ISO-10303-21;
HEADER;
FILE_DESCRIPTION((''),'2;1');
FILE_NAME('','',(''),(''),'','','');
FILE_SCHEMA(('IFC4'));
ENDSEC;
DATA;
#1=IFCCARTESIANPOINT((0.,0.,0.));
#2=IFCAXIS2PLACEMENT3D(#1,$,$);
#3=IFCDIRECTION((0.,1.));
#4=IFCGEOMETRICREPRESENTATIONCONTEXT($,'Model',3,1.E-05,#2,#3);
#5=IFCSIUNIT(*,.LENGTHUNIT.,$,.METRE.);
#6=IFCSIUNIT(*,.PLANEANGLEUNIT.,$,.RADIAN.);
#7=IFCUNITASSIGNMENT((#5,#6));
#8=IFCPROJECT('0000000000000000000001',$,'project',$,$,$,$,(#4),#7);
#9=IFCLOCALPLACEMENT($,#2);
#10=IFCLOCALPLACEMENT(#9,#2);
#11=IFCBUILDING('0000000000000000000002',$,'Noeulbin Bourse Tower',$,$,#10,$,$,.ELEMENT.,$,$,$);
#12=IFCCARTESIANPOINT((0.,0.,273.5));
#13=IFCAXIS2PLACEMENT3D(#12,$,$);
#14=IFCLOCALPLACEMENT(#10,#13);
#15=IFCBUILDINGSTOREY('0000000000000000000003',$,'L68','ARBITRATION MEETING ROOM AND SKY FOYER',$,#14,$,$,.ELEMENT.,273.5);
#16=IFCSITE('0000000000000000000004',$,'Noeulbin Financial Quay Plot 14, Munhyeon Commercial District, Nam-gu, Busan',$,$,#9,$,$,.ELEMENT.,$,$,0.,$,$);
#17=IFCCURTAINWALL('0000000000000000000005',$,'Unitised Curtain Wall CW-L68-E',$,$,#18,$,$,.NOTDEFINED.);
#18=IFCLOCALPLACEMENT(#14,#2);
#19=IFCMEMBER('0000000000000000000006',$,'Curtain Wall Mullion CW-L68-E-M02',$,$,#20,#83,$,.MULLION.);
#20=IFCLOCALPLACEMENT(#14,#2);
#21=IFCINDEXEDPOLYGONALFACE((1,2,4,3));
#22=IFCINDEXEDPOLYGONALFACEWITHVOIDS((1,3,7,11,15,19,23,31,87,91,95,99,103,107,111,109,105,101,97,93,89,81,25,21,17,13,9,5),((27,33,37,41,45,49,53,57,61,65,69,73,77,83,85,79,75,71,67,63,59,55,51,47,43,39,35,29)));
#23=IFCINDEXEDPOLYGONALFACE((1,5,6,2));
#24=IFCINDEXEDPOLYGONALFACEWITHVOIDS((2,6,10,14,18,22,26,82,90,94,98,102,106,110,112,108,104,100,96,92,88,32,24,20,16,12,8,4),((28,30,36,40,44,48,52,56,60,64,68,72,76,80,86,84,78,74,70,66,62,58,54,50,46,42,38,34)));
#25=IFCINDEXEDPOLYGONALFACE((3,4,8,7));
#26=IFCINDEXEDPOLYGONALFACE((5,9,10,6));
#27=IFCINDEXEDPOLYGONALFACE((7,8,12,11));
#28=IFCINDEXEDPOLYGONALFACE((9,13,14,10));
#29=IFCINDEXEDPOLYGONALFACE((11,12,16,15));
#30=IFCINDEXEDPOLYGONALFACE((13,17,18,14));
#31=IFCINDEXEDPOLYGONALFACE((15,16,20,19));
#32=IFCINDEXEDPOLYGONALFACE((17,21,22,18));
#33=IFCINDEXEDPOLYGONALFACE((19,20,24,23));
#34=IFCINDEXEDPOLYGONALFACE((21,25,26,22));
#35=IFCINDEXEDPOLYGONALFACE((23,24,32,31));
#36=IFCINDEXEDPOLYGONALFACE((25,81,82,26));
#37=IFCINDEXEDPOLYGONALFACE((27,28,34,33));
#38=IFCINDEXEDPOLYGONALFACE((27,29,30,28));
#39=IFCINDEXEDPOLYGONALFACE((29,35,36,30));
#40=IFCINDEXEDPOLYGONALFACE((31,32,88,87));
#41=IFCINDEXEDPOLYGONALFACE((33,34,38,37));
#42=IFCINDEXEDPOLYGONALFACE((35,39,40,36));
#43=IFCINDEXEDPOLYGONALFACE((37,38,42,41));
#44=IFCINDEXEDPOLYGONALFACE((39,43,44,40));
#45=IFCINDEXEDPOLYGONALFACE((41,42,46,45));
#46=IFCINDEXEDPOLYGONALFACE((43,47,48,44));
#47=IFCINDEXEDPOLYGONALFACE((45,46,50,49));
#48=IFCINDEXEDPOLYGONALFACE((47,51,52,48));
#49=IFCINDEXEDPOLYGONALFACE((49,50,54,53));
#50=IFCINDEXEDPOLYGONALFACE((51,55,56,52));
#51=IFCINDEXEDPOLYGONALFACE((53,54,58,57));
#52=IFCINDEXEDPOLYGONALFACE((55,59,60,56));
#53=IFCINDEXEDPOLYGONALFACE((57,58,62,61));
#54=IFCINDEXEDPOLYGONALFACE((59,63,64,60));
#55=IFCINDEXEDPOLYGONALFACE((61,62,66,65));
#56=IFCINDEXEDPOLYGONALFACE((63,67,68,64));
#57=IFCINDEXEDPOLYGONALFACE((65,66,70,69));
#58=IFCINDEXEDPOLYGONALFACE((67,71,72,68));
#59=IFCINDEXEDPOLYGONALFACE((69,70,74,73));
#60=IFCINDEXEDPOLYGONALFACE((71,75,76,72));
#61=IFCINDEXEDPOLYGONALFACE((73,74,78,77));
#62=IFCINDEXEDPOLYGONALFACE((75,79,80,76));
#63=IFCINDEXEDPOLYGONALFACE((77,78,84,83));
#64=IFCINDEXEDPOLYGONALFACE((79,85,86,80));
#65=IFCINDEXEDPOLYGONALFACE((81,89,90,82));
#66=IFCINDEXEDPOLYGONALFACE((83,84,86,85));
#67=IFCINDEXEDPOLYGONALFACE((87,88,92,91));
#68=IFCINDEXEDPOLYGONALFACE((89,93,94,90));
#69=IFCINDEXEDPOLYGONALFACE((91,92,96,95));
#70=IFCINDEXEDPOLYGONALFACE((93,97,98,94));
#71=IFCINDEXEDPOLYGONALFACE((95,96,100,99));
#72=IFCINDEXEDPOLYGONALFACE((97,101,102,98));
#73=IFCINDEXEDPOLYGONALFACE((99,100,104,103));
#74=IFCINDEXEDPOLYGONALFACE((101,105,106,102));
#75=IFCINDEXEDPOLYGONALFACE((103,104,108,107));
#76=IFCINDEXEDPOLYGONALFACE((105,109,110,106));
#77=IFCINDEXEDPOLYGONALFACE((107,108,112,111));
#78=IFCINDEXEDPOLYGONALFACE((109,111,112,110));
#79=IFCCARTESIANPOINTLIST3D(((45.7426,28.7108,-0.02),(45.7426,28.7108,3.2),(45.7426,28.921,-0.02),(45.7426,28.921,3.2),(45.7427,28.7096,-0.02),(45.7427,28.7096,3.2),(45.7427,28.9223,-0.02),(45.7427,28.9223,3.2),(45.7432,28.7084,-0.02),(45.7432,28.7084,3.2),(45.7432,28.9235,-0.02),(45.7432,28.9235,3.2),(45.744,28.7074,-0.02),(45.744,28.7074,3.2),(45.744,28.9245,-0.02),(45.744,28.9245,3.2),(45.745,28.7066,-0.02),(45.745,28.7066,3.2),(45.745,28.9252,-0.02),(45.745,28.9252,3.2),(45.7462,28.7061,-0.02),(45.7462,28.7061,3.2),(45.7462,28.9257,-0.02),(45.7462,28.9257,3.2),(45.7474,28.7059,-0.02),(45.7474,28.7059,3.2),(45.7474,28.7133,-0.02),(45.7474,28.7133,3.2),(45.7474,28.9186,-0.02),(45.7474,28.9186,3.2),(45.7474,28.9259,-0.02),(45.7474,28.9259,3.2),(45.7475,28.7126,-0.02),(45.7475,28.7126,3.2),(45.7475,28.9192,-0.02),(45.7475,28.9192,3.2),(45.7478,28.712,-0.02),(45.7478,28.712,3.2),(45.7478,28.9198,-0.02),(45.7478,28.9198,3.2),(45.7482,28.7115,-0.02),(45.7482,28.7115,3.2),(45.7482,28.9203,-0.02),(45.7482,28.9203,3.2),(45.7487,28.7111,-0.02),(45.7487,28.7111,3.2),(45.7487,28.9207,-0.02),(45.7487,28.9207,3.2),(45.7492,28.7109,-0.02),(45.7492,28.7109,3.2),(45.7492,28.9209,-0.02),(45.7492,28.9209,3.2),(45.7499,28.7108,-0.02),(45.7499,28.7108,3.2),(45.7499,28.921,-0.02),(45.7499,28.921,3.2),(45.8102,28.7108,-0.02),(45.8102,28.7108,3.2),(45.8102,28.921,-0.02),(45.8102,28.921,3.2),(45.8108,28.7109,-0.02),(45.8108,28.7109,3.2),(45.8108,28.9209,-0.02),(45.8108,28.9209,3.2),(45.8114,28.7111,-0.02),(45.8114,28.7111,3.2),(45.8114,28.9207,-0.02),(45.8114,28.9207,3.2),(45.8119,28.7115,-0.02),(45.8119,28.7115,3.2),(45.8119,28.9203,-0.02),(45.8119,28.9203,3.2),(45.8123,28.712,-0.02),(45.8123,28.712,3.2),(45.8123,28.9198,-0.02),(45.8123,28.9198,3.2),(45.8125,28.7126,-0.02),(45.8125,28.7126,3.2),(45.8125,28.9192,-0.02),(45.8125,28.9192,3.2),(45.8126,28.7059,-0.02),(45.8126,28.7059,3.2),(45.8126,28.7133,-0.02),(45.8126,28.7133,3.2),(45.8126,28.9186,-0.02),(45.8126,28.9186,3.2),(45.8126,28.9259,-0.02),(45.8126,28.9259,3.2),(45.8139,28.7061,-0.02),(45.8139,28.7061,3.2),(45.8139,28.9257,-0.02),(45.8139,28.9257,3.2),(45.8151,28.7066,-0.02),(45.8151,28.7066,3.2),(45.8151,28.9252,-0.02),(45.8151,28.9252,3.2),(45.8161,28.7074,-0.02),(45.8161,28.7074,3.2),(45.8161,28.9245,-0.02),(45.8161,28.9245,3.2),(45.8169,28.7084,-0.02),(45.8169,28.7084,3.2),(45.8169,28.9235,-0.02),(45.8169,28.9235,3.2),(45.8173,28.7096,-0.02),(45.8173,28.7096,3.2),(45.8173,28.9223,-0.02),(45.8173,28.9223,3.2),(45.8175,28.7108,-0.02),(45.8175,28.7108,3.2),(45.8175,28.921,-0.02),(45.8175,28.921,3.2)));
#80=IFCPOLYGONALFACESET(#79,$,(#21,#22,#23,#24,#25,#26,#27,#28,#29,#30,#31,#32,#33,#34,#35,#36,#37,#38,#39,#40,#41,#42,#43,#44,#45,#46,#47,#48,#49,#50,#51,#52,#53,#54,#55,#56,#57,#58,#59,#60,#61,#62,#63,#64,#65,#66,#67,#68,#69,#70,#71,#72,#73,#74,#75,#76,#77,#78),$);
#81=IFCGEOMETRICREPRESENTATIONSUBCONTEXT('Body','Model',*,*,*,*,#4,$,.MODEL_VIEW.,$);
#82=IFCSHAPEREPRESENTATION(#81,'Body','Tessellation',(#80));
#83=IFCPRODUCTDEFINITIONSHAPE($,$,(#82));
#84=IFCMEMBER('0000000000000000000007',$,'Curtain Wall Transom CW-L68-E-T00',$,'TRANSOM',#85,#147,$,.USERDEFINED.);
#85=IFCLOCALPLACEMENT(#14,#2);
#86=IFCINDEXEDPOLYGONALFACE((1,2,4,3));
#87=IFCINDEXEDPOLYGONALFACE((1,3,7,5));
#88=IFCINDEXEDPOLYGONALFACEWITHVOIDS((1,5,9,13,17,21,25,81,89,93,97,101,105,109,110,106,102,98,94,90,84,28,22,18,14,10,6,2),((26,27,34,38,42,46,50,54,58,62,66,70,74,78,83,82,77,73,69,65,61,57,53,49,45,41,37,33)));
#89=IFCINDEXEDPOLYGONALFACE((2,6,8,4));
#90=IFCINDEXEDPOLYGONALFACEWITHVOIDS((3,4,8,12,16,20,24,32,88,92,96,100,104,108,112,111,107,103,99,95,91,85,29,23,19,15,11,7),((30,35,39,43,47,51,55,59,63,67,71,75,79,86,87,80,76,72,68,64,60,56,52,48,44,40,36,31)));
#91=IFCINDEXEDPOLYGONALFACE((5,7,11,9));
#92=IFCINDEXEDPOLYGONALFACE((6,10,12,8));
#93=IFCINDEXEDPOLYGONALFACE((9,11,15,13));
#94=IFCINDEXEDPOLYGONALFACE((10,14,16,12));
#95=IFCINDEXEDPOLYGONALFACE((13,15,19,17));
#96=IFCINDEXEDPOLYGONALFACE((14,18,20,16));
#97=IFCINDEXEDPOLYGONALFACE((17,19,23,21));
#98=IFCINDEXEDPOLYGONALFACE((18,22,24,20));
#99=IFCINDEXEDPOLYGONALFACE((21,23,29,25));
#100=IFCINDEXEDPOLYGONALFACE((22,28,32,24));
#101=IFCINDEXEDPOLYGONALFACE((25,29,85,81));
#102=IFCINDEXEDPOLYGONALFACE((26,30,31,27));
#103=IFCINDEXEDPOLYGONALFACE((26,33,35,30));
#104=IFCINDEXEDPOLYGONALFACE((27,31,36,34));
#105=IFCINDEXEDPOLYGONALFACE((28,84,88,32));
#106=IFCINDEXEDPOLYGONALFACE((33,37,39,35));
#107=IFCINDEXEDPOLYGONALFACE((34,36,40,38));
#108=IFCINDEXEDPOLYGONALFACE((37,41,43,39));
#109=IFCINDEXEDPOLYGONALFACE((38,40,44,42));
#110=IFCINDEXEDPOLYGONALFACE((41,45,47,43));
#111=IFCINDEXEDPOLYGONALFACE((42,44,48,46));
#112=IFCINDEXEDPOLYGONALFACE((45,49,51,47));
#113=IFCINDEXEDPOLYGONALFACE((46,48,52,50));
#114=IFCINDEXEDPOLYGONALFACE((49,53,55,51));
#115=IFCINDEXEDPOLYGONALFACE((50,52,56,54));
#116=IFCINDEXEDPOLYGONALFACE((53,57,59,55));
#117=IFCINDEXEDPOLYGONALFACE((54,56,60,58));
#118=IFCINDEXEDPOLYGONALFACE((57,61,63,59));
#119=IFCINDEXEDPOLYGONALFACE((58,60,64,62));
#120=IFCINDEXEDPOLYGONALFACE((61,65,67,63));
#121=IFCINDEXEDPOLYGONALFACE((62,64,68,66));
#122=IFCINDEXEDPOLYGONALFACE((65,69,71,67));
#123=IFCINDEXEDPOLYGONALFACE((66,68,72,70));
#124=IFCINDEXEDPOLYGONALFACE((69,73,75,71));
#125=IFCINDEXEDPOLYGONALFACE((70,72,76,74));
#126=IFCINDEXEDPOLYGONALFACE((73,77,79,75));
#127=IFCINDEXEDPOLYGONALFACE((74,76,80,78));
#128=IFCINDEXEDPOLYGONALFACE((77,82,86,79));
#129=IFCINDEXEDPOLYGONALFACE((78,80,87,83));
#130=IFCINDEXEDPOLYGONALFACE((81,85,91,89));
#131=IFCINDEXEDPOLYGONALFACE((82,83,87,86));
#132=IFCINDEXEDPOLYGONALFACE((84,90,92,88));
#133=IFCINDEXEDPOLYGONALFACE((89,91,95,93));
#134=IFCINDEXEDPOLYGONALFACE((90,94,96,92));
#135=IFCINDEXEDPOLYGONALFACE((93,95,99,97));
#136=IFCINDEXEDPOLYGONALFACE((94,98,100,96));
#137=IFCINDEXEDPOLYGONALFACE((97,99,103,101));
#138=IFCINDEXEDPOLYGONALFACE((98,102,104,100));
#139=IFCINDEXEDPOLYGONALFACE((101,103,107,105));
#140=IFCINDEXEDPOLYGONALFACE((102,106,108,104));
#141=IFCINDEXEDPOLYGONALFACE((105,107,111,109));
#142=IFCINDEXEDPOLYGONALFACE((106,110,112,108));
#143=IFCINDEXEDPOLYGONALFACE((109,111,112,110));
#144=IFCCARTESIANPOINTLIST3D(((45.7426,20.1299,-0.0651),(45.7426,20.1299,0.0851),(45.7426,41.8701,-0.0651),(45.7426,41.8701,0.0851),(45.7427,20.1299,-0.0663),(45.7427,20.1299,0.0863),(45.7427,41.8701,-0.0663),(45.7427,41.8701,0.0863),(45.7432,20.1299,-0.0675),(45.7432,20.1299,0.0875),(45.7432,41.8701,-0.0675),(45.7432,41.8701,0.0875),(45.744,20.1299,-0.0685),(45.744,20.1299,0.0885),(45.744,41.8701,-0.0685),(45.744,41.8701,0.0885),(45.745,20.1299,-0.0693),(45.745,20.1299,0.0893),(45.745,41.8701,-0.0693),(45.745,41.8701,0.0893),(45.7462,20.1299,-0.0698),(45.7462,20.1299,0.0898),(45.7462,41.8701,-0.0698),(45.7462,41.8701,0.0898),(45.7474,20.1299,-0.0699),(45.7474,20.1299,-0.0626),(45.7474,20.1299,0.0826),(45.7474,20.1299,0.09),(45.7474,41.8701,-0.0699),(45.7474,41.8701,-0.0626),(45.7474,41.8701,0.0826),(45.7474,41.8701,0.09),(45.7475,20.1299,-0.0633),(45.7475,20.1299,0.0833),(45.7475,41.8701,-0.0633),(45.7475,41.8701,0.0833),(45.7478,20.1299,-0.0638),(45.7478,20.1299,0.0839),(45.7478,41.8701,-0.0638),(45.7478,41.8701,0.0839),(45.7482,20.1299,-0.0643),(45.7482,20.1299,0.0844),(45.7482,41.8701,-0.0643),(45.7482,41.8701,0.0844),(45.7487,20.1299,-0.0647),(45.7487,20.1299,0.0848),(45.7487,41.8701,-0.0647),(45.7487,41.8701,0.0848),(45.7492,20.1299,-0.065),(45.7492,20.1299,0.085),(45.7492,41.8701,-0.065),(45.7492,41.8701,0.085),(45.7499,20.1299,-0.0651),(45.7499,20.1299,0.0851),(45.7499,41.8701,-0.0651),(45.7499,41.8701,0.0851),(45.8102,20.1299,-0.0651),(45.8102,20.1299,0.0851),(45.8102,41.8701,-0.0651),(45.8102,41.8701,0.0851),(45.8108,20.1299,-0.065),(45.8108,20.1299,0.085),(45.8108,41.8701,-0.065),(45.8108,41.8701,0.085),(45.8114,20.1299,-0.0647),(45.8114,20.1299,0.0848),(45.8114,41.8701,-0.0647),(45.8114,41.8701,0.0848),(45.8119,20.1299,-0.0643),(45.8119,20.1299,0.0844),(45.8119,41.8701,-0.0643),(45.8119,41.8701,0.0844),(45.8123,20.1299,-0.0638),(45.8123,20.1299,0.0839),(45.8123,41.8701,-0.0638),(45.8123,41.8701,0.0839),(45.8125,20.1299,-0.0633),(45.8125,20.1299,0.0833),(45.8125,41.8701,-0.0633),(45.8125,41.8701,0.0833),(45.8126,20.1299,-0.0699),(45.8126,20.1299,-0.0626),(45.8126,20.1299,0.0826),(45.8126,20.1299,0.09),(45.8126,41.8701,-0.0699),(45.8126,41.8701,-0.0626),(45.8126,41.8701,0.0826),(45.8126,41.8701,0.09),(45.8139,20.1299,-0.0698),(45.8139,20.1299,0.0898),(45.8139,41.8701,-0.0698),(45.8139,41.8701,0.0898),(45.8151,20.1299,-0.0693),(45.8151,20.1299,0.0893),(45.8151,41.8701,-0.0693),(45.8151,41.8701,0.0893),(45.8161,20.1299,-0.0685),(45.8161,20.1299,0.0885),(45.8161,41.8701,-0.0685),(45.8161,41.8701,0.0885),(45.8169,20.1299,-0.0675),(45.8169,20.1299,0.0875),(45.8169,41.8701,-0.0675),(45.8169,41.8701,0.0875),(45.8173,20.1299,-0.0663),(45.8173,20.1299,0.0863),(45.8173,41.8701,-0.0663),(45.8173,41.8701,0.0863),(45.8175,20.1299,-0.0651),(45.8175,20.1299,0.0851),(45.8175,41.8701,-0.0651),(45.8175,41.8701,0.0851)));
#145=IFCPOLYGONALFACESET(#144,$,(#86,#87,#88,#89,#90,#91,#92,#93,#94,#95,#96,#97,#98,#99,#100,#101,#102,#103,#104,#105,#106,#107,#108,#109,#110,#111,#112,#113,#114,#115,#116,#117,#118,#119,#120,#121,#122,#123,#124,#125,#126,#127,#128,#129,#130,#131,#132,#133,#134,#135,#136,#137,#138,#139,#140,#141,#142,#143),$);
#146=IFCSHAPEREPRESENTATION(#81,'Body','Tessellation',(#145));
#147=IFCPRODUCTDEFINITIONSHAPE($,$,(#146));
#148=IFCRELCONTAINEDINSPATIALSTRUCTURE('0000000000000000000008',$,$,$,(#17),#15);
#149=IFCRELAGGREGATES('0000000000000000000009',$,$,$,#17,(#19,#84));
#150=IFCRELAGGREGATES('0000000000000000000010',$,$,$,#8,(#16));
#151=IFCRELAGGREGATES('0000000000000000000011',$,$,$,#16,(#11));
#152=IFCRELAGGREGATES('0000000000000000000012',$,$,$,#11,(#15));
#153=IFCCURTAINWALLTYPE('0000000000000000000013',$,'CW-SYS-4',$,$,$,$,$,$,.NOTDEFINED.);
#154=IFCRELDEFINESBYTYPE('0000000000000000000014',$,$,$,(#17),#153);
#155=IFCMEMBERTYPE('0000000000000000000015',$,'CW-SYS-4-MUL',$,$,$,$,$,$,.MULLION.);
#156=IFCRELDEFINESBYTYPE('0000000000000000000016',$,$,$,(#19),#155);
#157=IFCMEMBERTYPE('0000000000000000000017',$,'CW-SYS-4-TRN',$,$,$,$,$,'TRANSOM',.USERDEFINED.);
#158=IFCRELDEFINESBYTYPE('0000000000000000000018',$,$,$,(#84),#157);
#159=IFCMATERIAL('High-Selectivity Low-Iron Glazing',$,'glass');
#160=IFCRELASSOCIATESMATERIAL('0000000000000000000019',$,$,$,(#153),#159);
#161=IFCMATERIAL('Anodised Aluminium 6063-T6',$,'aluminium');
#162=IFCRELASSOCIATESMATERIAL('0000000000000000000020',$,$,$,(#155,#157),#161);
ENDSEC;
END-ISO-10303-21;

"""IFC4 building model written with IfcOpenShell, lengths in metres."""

from ifc_helpers import new_model, si_unit, direction, frame, origin, origin_2d, place, context, subcontext, project, spatial, hollow_rectangle, extrude, material, material_profile, profile_set, type_object, element, aggregate, save


model = new_model("IFC4")

# Units and contexts
model_context = context("Model", 3, precision=1e-05, world=origin(), true_north=direction((0.0, 1.0)))
body_context = subcontext(model_context, "Body", "Model", "MODEL_VIEW")
ifc_project = project(units=[si_unit("LENGTHUNIT", "METRE"), si_unit("PLANEANGLEUNIT", "RADIAN")], contexts=[model_context])

# Site, building, storey
site_placement = place(None, origin())
site = spatial("IfcSite", under=ifc_project, at=site_placement, Name="Noeulbin Financial Quay Plot 14, Munhyeon Commercial District, Nam-gu, Busan", CompositionType="ELEMENT", RefElevation=0.0)
building_placement = place(site_placement, origin())
building = spatial("IfcBuilding", under=site, at=building_placement, Name="Noeulbin Bourse Tower", CompositionType="ELEMENT")
storey_placement = place(building_placement, frame((0.0, 0.0, 273.5)))
storey = spatial("IfcBuildingStorey", under=building, at=storey_placement, Name="L68", Description="ARBITRATION MEETING ROOM AND SKY FOYER", CompositionType="ELEMENT", Elevation=273.5)

# Shared definitions
ifc_material_1 = material(Name="High-Selectivity Low-Iron Glazing", Category="glass")
curtain_wall_type = type_object("IfcCurtainWallType", Name="CW-SYS-4", PredefinedType="NOTDEFINED", material=ifc_material_1)
ifc_material_2 = material(Name="Anodised Aluminium 6063-T6", Category="aluminium")
ifc_material_profile_1 = material_profile(ifc_material_2, hollow_rectangle(XDim=0.075, YDim=0.22, WallThickness=0.0049, InnerFilletRadius=0.0024, OuterFilletRadius=0.0049, at=origin_2d()), Name="ALU-MULL-75x220x5", Category="LoadBearing")
ifc_profile_set_1 = profile_set([ifc_material_profile_1], Name="Anodised Aluminium 6063-T6")
member_type_1 = type_object("IfcMemberType", Name="CW-SYS-4-MUL", PredefinedType="MULLION", material=ifc_profile_set_1)

# Curtain wall, members
curtain_wall_1_placement = place(storey_placement, origin())
curtain_wall_1 = element("IfcCurtainWall", 1, at=curtain_wall_1_placement, inside=storey, type_object=curtain_wall_type, Name="Unitised Curtain Wall CW-L68-E", PredefinedType="NOTDEFINED")
member_1_placement = place(storey_placement, frame((45.78, 28.8159, -0.02), z_axis=(0.0, 0.0, 1.0), x_axis=(1.0, 0.0, 0.0)))
member_1 = element("IfcMember", 2, at=member_1_placement, type_object=member_type_1, Name="Curtain Wall Mullion CW-L68-E-M02", PredefinedType="MULLION", context=body_context, shape_type="SweptSolid", body=[
    extrude(hollow_rectangle(XDim=0.075, YDim=0.22, WallThickness=0.0049, InnerFilletRadius=0.0024, OuterFilletRadius=0.0049, at=origin_2d()), origin(), (0.0, 0.0, 1.0), 3.22),
])
ifc_material_profile_2 = material_profile(ifc_material_2, hollow_rectangle(XDim=0.075, YDim=0.1599, WallThickness=0.0049, InnerFilletRadius=0.0024, OuterFilletRadius=0.0049, at=origin_2d()), Name="ALU-TRAN-75x160x5", Category="LoadBearing")
ifc_profile_set_2 = profile_set([ifc_material_profile_2], Name="Anodised Aluminium 6063-T6")
member_type_2 = type_object("IfcMemberType", Name="CW-SYS-4-TRN", ElementType="TRANSOM", PredefinedType="USERDEFINED", material=ifc_profile_set_2)
member_2_placement = place(storey_placement, frame((45.78, 20.1299, 0.01), z_axis=(0.0, 1.0, 0.0), x_axis=(-1.0, 0.0, 0.0)))
member_2 = element("IfcMember", 3, at=member_2_placement, type_object=member_type_2, Name="Curtain Wall Transom CW-L68-E-T00", ObjectType="TRANSOM", PredefinedType="USERDEFINED", context=body_context, shape_type="SweptSolid", body=[
    extrude(hollow_rectangle(XDim=0.075, YDim=0.1599, WallThickness=0.0049, InnerFilletRadius=0.0024, OuterFilletRadius=0.0049, at=origin_2d()), origin(), (0.0, 0.0, 1.0), 21.7402),
])

aggregate(curtain_wall_1, [member_1, member_2])

save(model, "model.ifc")
